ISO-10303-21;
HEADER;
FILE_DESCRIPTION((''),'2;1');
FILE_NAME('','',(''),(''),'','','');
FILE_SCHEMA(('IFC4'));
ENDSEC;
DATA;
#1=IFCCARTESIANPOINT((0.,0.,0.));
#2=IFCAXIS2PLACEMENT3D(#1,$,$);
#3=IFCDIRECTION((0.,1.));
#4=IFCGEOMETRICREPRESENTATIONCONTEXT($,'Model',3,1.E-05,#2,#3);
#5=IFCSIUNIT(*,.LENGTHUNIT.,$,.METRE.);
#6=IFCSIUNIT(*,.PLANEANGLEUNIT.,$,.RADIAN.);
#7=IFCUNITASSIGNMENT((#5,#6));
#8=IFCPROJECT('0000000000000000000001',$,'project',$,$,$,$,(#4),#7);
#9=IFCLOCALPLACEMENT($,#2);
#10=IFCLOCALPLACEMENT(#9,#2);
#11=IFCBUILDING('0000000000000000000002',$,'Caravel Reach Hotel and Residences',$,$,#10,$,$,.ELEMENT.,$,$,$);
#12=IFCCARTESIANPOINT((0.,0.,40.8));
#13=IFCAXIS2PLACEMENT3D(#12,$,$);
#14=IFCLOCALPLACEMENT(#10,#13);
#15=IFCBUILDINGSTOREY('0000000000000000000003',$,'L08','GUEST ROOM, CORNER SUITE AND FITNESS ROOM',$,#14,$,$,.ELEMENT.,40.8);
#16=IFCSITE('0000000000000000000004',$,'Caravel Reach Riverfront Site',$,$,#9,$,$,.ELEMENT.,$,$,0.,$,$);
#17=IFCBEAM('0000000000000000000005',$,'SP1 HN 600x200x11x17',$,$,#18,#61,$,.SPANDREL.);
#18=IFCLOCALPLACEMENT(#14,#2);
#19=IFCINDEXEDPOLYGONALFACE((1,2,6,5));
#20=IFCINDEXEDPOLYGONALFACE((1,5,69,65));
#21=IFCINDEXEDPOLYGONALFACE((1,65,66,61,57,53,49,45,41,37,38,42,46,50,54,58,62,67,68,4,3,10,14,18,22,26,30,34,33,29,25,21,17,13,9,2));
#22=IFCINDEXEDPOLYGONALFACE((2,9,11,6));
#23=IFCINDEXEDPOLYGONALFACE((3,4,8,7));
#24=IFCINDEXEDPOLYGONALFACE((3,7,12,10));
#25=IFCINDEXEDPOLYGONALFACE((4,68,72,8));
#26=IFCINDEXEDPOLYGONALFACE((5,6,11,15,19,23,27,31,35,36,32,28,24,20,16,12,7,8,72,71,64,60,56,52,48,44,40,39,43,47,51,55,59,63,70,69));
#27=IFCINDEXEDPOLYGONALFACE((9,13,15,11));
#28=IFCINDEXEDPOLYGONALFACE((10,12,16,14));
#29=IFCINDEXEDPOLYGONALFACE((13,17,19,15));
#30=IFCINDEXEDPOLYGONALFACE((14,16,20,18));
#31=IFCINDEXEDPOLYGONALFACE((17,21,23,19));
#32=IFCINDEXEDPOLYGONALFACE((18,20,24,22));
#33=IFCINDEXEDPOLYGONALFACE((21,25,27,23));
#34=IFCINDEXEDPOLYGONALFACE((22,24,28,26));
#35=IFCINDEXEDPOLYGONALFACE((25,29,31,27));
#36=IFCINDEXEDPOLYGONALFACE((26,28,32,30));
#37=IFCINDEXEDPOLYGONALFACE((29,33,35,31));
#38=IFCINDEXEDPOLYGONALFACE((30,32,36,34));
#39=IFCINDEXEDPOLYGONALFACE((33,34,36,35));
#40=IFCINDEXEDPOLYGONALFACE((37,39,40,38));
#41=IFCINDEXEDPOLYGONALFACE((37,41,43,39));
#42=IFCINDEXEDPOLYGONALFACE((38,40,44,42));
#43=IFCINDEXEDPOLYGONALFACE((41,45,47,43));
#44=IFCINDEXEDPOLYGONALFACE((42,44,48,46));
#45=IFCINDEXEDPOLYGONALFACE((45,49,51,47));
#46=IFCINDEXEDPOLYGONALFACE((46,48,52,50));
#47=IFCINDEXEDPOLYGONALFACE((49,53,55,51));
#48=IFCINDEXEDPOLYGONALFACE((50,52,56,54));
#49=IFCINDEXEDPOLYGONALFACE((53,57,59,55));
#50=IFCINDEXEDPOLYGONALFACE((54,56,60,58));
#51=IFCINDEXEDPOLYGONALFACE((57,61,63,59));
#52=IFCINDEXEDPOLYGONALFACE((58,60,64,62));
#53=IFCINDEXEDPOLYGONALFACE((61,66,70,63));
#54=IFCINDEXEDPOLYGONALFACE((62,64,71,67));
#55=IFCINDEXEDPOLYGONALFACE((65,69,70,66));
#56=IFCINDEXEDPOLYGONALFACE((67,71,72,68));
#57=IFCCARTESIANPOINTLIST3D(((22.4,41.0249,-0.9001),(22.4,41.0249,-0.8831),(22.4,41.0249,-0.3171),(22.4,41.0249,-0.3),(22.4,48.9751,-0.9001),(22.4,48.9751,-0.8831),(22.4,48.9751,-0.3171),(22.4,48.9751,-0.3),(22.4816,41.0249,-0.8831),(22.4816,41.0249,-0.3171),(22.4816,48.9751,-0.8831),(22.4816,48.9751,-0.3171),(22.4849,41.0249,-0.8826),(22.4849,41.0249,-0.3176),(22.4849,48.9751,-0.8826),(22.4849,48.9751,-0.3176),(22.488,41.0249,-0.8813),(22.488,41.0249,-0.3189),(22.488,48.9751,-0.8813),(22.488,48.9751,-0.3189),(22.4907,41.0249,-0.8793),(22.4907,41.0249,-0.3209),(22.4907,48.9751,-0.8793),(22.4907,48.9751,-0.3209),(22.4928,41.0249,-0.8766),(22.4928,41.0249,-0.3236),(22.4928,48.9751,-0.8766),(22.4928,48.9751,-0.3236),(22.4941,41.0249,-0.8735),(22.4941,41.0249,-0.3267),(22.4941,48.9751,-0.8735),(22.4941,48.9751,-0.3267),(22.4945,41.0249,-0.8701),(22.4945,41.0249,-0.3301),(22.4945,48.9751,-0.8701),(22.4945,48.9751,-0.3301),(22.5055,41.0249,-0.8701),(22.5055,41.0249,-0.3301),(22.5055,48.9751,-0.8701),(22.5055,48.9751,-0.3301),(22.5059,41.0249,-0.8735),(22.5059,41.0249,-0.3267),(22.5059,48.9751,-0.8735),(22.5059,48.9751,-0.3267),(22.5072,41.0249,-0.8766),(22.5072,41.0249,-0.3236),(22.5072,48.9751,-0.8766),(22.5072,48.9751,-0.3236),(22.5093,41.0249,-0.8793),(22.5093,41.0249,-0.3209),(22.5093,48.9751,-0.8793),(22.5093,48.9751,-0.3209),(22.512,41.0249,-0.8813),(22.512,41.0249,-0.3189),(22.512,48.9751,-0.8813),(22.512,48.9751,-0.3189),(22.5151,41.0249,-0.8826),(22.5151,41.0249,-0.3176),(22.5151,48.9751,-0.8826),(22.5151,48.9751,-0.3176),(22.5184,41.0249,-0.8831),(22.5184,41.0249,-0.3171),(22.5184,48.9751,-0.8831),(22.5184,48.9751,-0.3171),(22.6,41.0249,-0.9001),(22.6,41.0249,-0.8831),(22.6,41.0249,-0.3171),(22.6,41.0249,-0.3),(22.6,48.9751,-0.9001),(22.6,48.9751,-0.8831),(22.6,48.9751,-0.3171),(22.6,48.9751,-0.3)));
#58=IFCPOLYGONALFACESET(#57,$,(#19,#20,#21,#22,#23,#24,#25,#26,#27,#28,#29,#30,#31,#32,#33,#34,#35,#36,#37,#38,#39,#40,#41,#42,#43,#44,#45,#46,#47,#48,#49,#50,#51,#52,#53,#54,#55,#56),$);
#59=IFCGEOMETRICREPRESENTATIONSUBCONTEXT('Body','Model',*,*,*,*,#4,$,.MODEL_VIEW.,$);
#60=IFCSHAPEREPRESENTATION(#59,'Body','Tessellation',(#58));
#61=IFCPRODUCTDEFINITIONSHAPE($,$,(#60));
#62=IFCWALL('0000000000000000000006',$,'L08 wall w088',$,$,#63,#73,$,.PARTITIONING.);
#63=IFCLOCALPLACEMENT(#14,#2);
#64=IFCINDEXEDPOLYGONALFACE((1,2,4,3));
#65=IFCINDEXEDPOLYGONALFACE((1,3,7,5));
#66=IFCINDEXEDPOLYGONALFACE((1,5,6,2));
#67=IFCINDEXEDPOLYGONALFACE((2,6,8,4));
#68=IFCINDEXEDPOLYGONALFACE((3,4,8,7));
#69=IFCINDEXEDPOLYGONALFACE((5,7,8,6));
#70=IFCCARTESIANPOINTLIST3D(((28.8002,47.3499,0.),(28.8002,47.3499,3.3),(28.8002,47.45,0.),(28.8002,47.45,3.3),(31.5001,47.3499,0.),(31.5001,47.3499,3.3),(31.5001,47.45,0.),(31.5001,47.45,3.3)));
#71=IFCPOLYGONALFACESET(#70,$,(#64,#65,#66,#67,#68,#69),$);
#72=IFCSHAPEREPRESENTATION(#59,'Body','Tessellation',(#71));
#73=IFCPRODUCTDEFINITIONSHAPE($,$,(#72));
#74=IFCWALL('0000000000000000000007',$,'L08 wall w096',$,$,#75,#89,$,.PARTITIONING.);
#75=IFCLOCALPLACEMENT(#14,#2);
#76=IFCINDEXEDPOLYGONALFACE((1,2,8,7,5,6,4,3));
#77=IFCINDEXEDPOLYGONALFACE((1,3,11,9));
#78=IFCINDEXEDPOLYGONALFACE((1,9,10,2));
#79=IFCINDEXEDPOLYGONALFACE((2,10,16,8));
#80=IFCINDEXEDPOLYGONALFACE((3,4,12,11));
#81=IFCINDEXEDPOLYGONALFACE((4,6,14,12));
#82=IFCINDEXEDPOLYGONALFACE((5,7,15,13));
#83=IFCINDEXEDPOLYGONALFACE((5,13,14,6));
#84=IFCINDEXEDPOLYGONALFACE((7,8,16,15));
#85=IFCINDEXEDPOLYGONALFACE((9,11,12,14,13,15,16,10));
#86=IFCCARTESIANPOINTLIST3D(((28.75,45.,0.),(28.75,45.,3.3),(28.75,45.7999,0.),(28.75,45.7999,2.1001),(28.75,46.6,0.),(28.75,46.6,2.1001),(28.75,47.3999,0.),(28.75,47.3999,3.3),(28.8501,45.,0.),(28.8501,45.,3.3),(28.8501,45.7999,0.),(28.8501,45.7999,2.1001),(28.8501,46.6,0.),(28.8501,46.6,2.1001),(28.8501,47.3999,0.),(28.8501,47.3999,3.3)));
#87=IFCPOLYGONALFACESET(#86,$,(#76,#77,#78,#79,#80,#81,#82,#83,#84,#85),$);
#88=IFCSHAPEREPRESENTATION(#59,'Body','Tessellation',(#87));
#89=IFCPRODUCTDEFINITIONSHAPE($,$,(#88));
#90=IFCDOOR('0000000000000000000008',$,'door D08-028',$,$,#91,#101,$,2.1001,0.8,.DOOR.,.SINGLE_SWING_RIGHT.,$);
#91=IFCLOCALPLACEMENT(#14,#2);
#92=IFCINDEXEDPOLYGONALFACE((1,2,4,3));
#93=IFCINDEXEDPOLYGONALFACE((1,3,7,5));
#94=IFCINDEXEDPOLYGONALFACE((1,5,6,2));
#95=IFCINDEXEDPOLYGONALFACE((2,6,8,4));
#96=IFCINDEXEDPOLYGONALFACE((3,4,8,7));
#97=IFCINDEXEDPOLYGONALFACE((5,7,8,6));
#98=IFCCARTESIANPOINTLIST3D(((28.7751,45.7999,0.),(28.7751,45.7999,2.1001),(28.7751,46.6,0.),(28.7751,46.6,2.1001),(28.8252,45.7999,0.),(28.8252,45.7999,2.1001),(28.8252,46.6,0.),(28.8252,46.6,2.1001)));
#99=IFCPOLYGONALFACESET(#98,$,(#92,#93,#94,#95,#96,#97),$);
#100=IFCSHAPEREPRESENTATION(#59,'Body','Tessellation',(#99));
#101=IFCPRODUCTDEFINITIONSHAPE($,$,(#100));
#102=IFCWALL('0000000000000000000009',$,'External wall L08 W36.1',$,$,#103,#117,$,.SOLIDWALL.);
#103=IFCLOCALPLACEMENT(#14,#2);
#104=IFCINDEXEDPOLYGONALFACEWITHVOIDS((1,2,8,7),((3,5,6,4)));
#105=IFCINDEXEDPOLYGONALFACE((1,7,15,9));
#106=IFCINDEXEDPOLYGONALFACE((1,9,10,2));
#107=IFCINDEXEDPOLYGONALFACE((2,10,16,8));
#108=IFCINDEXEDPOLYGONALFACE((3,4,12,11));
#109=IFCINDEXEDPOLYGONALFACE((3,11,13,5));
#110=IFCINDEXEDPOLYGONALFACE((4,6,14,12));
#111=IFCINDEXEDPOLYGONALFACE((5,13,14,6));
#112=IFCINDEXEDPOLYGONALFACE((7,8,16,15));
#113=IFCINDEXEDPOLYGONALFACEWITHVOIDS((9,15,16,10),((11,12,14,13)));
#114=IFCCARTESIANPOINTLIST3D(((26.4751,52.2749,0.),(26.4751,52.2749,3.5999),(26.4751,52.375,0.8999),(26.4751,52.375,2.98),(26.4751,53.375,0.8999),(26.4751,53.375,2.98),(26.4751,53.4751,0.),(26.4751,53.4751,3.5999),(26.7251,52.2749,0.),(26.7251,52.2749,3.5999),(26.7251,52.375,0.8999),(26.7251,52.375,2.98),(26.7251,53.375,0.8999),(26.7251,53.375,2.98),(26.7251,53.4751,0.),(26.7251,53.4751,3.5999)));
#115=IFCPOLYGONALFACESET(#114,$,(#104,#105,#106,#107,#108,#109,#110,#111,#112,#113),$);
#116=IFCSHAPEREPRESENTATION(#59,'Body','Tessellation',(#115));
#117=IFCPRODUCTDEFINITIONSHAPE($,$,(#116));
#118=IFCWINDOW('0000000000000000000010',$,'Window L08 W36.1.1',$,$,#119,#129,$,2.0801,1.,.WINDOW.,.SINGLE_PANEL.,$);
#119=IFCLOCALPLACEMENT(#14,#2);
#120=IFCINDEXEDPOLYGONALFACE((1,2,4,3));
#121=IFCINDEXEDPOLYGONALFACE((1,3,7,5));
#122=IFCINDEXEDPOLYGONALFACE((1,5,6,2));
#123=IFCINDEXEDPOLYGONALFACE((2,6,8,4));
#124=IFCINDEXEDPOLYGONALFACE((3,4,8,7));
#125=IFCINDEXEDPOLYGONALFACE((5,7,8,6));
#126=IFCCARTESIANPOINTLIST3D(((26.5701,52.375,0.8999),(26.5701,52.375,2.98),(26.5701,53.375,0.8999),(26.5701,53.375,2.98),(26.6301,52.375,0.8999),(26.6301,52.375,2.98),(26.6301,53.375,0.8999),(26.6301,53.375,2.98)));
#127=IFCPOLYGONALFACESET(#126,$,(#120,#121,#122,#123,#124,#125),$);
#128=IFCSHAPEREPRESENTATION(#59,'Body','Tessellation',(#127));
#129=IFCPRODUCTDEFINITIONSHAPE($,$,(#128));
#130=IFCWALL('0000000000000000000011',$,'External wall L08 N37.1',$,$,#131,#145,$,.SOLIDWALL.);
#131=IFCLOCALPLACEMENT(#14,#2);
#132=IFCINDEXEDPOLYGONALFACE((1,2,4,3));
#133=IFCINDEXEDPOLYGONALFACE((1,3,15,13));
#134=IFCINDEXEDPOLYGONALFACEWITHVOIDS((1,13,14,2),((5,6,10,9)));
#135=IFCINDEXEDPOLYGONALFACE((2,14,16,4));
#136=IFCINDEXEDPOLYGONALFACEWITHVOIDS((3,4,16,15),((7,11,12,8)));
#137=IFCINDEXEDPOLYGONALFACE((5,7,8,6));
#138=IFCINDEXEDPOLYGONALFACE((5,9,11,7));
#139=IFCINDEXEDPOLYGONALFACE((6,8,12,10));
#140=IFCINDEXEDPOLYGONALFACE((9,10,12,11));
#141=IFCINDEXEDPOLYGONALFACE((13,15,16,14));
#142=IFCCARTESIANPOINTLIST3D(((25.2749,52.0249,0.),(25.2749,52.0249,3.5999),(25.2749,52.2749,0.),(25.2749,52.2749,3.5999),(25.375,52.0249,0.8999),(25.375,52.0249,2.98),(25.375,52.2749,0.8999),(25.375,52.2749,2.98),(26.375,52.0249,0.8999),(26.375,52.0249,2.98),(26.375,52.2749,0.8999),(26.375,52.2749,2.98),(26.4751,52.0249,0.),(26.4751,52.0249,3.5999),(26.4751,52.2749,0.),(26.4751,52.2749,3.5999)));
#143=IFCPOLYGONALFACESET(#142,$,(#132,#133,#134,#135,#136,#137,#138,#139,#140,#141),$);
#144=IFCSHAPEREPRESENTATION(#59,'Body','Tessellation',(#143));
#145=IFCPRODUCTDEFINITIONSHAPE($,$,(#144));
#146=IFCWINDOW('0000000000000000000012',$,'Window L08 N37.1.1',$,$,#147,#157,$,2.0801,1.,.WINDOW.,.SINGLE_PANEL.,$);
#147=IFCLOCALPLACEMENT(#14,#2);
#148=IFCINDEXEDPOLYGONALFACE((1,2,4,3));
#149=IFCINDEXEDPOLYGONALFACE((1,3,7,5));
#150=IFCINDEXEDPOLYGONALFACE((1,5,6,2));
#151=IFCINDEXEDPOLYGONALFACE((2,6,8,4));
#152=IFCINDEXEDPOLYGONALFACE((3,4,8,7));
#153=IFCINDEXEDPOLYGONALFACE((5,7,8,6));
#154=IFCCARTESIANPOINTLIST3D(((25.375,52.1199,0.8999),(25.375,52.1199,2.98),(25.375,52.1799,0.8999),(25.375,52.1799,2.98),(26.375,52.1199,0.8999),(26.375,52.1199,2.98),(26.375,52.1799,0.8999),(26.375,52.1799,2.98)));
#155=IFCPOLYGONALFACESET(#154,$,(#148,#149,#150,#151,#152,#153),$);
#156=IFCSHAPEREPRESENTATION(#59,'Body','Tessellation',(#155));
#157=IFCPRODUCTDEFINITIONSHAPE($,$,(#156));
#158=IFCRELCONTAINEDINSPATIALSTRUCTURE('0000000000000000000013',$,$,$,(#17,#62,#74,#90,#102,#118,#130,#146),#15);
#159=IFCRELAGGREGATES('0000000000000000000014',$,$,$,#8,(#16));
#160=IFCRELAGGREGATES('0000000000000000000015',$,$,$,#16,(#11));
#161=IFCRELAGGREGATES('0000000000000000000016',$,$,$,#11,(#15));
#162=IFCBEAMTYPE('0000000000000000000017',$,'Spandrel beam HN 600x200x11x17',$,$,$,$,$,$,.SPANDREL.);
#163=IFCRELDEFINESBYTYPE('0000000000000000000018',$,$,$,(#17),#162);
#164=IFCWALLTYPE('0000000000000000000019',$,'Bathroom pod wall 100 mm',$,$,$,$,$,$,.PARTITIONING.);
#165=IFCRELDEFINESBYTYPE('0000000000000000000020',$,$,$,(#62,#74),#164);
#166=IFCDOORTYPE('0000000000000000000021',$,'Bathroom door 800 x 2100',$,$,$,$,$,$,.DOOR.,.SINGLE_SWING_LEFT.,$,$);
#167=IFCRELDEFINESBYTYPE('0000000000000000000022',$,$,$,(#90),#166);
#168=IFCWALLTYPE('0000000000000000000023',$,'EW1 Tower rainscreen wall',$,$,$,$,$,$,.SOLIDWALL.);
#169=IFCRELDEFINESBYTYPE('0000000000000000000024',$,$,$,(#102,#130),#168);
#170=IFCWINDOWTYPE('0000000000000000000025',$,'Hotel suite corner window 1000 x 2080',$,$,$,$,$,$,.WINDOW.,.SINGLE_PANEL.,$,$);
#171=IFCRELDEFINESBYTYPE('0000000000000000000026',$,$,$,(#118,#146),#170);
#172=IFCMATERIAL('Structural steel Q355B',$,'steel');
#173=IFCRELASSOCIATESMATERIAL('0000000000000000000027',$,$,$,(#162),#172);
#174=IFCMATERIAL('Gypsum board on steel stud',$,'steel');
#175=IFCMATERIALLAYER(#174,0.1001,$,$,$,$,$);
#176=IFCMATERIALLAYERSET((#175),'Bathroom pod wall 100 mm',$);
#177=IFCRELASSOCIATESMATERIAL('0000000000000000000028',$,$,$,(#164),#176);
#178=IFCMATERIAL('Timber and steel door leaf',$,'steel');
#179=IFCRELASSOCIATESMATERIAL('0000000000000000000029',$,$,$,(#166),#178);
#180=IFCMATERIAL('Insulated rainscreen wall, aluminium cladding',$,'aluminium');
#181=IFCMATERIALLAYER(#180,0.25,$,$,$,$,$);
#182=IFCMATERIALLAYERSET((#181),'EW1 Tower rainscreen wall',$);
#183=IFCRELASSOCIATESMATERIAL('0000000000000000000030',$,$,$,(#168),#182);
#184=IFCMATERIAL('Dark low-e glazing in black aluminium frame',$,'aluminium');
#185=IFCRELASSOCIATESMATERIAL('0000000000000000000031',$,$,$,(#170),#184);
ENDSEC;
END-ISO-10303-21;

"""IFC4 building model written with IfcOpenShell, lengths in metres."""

from ifc_helpers import new_model, si_unit, direction, frame, frame_2d, origin, origin_2d, place, context, subcontext, project, spatial, rectangle, i_section, extrude, material, layer, layer_set, material_profile, profile_set, type_object, element, fill, save


model = new_model("IFC4")

# Units and contexts
model_context = context("Model", 3, precision=1e-05, world=origin(), true_north=direction((0.0, 1.0)))
body_context = subcontext(model_context, "Body", "Model", "MODEL_VIEW")
ifc_project = project(units=[si_unit("LENGTHUNIT", "METRE"), si_unit("PLANEANGLEUNIT", "RADIAN")], contexts=[model_context])

# Site, building, storey
site_placement = place(None, origin())
site = spatial("IfcSite", under=ifc_project, at=site_placement, Name="Caravel Reach Riverfront Site", CompositionType="ELEMENT", RefElevation=0.0)
building_placement = place(site_placement, origin())
building = spatial("IfcBuilding", under=site, at=building_placement, Name="Caravel Reach Hotel and Residences", CompositionType="ELEMENT")
storey_placement = place(building_placement, frame((0.0, 0.0, 40.8)))
storey = spatial("IfcBuildingStorey", under=building, at=storey_placement, Name="L08", Description="GUEST ROOM, CORNER SUITE AND FITNESS ROOM", CompositionType="ELEMENT", Elevation=40.8)

# Beam
ifc_material_1 = material(Name="Structural steel Q355B", Category="steel")
ifc_material_profile_1 = material_profile(ifc_material_1, i_section(OverallWidth=0.2, OverallDepth=0.6001, WebThickness=0.011, FlangeThickness=0.0171, FilletRadius=0.0129, at=origin_2d()), Name="HN 600x200x11x17")
ifc_profile_set_1 = profile_set([ifc_material_profile_1], Name="Structural steel Q355B")
beam_type_1 = type_object("IfcBeamType", Name="Spandrel beam HN 600x200x11x17", PredefinedType="SPANDREL", material=ifc_profile_set_1)
beam_1_placement = place(storey_placement, frame((22.5, 48.9751, -0.6001), z_axis=(0.0, -1.0, 0.0), x_axis=(1.0, 0.0, 0.0)))
element("IfcBeam", 1, at=beam_1_placement, inside=storey, type_object=beam_type_1, Name="SP1 HN 600x200x11x17", PredefinedType="SPANDREL", context=body_context, shape_type="SweptSolid", body=[
    extrude(i_section(OverallWidth=0.2, OverallDepth=0.6001, WebThickness=0.011, FlangeThickness=0.0171, FilletRadius=0.0129, at=origin_2d()), origin(), (0.0, 0.0, 1.0), 7.9502),
])

# Wall
ifc_material_2 = material(Name="Gypsum board on steel stud", Category="steel")
ifc_layer_1 = layer(ifc_material_2, 0.1001)
ifc_layer_set_1 = layer_set([ifc_layer_1], Name="Bathroom pod wall 100 mm")
wall_type_1 = type_object("IfcWallType", Name="Bathroom pod wall 100 mm", PredefinedType="PARTITIONING", material=ifc_layer_set_1)
wall_1_placement = place(storey_placement, frame((28.8, 47.3999, 0.0), z_axis=(0.0, 0.0, 1.0), x_axis=(1.0, 0.0, 0.0)))
element("IfcWall", 2, at=wall_1_placement, inside=storey, type_object=wall_type_1, Name="L08 wall w088", PredefinedType="PARTITIONING", context=body_context, shape_type="SweptSolid", body=[
    extrude(rectangle(XDim=2.7, YDim=0.1001, at=frame_2d((1.3501, 0.0))), origin(), (0.0, 0.0, 1.0), 3.3),
])

# Wall, opening, door
wall_2_placement = place(storey_placement, frame((28.8, 45.0, 0.0), z_axis=(0.0, 0.0, 1.0), x_axis=(0.0, 1.0, 0.0)))
wall_2 = element("IfcWall", 3, at=wall_2_placement, inside=storey, type_object=wall_type_1, Name="L08 wall w096", PredefinedType="PARTITIONING", context=body_context, shape_type="SweptSolid", body=[
    extrude(rectangle(XDim=2.3999, YDim=0.1001, at=frame_2d((1.2, 0.0))), origin(), (0.0, 0.0, 1.0), 3.3),
])
opening_1_placement = place(wall_2_placement, frame((0.8, 0.0, 0.0)))
opening_1 = element("IfcOpeningElement", 4, at=opening_1_placement, cuts=wall_2, PredefinedType="OPENING", context=body_context, shape_type="SweptSolid", body=[
    extrude(rectangle(XDim=0.8, YDim=2.1001, at=frame_2d((0.3999, 1.05))), frame((0.0, 0.0601, 0.0), z_axis=(0.0, -1.0, 0.0), x_axis=(1.0, 0.0, 0.0)), (0.0, 0.0, 1.0), 0.1201),
])
ifc_material_3 = material(Name="Timber and steel door leaf", Category="steel")
door_type_1 = type_object("IfcDoorType", Name="Bathroom door 800 x 2100", OperationType="SINGLE_SWING_LEFT", PredefinedType="DOOR", material=ifc_material_3)
door_1_placement = place(opening_1_placement, origin())
door_1 = element("IfcDoor", 5, at=door_1_placement, inside=storey, type_object=door_type_1, Name="door D08-028", OperationType="SINGLE_SWING_RIGHT", OverallHeight=2.1001, OverallWidth=0.8, PredefinedType="DOOR", context=body_context, shape_type="SweptSolid", body=[
    extrude(rectangle(XDim=0.8, YDim=2.1001, at=frame_2d((0.3999, 1.05))), frame((0.0, 0.0249, 0.0), z_axis=(0.0, -1.0, 0.0), x_axis=(1.0, 0.0, 0.0)), (0.0, 0.0, 1.0), 0.05),
])
fill(opening_1, door_1)

# Walls, openings, windows
ifc_material_4 = material(Name="Insulated rainscreen wall, aluminium cladding", Category="aluminium")
ifc_layer_2 = layer(ifc_material_4, 0.25)
ifc_layer_set_2 = layer_set([ifc_layer_2], Name="EW1 Tower rainscreen wall")
wall_type_2 = type_object("IfcWallType", Name="EW1 Tower rainscreen wall", PredefinedType="SOLIDWALL", material=ifc_layer_set_2)
wall_3_placement = place(storey_placement, frame((26.6001, 53.4751, 0.0), z_axis=(0.0, 0.0, 1.0), x_axis=(0.0, -1.0, 0.0)))
wall_3 = element("IfcWall", 6, at=wall_3_placement, inside=storey, type_object=wall_type_2, Name="External wall L08 W36.1", PredefinedType="SOLIDWALL", context=body_context, shape_type="SweptSolid", body=[
    extrude(rectangle(XDim=1.2002, YDim=0.25, at=frame_2d((0.6001, 0.0))), origin(), (0.0, 0.0, 1.0), 3.5999),
])
opening_2_placement = place(wall_3_placement, frame((0.1001, 0.0, 0.8999)))
opening_2 = element("IfcOpeningElement", 7, at=opening_2_placement, cuts=wall_3, PredefinedType="OPENING", context=body_context, shape_type="SweptSolid", body=[
    extrude(rectangle(XDim=1.0, YDim=2.0801, at=frame_2d((0.5, 1.04))), frame((0.0, 0.135, 0.0), z_axis=(0.0, -1.0, 0.0), x_axis=(1.0, 0.0, 0.0)), (0.0, 0.0, 1.0), 0.27),
])
ifc_material_5 = material(Name="Dark low-e glazing in black aluminium frame", Category="aluminium")
window_type_1 = type_object("IfcWindowType", Name="Hotel suite corner window 1000 x 2080", PartitioningType="SINGLE_PANEL", PredefinedType="WINDOW", material=ifc_material_5)
window_1_placement = place(opening_2_placement, origin())
window_1 = element("IfcWindow", 8, at=window_1_placement, inside=storey, type_object=window_type_1, Name="Window L08 W36.1.1", OverallHeight=2.0801, OverallWidth=1.0, PartitioningType="SINGLE_PANEL", PredefinedType="WINDOW", context=body_context, shape_type="SweptSolid", body=[
    extrude(rectangle(XDim=1.0, YDim=2.0801, at=frame_2d((0.5, 1.04))), frame((0.0, 0.03, 0.0), z_axis=(0.0, -1.0, 0.0), x_axis=(1.0, 0.0, 0.0)), (0.0, 0.0, 1.0), 0.0601),
])
fill(opening_2, window_1)
wall_4_placement = place(storey_placement, frame((26.4751, 52.1499, 0.0), z_axis=(0.0, 0.0, 1.0), x_axis=(-1.0, 0.0, 0.0)))
wall_4 = element("IfcWall", 9, at=wall_4_placement, inside=storey, type_object=wall_type_2, Name="External wall L08 N37.1", PredefinedType="SOLIDWALL", context=body_context, shape_type="SweptSolid", body=[
    extrude(rectangle(XDim=1.2002, YDim=0.25, at=frame_2d((0.6001, 0.0))), origin(), (0.0, 0.0, 1.0), 3.5999),
])
opening_3_placement = place(wall_4_placement, frame((0.1001, 0.0, 0.8999)))
opening_3 = element("IfcOpeningElement", 10, at=opening_3_placement, cuts=wall_4, PredefinedType="OPENING", context=body_context, shape_type="SweptSolid", body=[
    extrude(rectangle(XDim=1.0, YDim=2.0801, at=frame_2d((0.5, 1.04))), frame((0.0, 0.135, 0.0), z_axis=(0.0, -1.0, 0.0), x_axis=(1.0, 0.0, 0.0)), (0.0, 0.0, 1.0), 0.27),
])
window_2_placement = place(opening_3_placement, origin())
window_2 = element("IfcWindow", 11, at=window_2_placement, inside=storey, type_object=window_type_1, Name="Window L08 N37.1.1", OverallHeight=2.0801, OverallWidth=1.0, PartitioningType="SINGLE_PANEL", PredefinedType="WINDOW", context=body_context, shape_type="SweptSolid", body=[
    extrude(rectangle(XDim=1.0, YDim=2.0801, at=frame_2d((0.5, 1.04))), frame((0.0, 0.03, 0.0), z_axis=(0.0, -1.0, 0.0), x_axis=(1.0, 0.0, 0.0)), (0.0, 0.0, 1.0), 0.0601),
])
fill(opening_3, window_2)

save(model, "model.ifc")
